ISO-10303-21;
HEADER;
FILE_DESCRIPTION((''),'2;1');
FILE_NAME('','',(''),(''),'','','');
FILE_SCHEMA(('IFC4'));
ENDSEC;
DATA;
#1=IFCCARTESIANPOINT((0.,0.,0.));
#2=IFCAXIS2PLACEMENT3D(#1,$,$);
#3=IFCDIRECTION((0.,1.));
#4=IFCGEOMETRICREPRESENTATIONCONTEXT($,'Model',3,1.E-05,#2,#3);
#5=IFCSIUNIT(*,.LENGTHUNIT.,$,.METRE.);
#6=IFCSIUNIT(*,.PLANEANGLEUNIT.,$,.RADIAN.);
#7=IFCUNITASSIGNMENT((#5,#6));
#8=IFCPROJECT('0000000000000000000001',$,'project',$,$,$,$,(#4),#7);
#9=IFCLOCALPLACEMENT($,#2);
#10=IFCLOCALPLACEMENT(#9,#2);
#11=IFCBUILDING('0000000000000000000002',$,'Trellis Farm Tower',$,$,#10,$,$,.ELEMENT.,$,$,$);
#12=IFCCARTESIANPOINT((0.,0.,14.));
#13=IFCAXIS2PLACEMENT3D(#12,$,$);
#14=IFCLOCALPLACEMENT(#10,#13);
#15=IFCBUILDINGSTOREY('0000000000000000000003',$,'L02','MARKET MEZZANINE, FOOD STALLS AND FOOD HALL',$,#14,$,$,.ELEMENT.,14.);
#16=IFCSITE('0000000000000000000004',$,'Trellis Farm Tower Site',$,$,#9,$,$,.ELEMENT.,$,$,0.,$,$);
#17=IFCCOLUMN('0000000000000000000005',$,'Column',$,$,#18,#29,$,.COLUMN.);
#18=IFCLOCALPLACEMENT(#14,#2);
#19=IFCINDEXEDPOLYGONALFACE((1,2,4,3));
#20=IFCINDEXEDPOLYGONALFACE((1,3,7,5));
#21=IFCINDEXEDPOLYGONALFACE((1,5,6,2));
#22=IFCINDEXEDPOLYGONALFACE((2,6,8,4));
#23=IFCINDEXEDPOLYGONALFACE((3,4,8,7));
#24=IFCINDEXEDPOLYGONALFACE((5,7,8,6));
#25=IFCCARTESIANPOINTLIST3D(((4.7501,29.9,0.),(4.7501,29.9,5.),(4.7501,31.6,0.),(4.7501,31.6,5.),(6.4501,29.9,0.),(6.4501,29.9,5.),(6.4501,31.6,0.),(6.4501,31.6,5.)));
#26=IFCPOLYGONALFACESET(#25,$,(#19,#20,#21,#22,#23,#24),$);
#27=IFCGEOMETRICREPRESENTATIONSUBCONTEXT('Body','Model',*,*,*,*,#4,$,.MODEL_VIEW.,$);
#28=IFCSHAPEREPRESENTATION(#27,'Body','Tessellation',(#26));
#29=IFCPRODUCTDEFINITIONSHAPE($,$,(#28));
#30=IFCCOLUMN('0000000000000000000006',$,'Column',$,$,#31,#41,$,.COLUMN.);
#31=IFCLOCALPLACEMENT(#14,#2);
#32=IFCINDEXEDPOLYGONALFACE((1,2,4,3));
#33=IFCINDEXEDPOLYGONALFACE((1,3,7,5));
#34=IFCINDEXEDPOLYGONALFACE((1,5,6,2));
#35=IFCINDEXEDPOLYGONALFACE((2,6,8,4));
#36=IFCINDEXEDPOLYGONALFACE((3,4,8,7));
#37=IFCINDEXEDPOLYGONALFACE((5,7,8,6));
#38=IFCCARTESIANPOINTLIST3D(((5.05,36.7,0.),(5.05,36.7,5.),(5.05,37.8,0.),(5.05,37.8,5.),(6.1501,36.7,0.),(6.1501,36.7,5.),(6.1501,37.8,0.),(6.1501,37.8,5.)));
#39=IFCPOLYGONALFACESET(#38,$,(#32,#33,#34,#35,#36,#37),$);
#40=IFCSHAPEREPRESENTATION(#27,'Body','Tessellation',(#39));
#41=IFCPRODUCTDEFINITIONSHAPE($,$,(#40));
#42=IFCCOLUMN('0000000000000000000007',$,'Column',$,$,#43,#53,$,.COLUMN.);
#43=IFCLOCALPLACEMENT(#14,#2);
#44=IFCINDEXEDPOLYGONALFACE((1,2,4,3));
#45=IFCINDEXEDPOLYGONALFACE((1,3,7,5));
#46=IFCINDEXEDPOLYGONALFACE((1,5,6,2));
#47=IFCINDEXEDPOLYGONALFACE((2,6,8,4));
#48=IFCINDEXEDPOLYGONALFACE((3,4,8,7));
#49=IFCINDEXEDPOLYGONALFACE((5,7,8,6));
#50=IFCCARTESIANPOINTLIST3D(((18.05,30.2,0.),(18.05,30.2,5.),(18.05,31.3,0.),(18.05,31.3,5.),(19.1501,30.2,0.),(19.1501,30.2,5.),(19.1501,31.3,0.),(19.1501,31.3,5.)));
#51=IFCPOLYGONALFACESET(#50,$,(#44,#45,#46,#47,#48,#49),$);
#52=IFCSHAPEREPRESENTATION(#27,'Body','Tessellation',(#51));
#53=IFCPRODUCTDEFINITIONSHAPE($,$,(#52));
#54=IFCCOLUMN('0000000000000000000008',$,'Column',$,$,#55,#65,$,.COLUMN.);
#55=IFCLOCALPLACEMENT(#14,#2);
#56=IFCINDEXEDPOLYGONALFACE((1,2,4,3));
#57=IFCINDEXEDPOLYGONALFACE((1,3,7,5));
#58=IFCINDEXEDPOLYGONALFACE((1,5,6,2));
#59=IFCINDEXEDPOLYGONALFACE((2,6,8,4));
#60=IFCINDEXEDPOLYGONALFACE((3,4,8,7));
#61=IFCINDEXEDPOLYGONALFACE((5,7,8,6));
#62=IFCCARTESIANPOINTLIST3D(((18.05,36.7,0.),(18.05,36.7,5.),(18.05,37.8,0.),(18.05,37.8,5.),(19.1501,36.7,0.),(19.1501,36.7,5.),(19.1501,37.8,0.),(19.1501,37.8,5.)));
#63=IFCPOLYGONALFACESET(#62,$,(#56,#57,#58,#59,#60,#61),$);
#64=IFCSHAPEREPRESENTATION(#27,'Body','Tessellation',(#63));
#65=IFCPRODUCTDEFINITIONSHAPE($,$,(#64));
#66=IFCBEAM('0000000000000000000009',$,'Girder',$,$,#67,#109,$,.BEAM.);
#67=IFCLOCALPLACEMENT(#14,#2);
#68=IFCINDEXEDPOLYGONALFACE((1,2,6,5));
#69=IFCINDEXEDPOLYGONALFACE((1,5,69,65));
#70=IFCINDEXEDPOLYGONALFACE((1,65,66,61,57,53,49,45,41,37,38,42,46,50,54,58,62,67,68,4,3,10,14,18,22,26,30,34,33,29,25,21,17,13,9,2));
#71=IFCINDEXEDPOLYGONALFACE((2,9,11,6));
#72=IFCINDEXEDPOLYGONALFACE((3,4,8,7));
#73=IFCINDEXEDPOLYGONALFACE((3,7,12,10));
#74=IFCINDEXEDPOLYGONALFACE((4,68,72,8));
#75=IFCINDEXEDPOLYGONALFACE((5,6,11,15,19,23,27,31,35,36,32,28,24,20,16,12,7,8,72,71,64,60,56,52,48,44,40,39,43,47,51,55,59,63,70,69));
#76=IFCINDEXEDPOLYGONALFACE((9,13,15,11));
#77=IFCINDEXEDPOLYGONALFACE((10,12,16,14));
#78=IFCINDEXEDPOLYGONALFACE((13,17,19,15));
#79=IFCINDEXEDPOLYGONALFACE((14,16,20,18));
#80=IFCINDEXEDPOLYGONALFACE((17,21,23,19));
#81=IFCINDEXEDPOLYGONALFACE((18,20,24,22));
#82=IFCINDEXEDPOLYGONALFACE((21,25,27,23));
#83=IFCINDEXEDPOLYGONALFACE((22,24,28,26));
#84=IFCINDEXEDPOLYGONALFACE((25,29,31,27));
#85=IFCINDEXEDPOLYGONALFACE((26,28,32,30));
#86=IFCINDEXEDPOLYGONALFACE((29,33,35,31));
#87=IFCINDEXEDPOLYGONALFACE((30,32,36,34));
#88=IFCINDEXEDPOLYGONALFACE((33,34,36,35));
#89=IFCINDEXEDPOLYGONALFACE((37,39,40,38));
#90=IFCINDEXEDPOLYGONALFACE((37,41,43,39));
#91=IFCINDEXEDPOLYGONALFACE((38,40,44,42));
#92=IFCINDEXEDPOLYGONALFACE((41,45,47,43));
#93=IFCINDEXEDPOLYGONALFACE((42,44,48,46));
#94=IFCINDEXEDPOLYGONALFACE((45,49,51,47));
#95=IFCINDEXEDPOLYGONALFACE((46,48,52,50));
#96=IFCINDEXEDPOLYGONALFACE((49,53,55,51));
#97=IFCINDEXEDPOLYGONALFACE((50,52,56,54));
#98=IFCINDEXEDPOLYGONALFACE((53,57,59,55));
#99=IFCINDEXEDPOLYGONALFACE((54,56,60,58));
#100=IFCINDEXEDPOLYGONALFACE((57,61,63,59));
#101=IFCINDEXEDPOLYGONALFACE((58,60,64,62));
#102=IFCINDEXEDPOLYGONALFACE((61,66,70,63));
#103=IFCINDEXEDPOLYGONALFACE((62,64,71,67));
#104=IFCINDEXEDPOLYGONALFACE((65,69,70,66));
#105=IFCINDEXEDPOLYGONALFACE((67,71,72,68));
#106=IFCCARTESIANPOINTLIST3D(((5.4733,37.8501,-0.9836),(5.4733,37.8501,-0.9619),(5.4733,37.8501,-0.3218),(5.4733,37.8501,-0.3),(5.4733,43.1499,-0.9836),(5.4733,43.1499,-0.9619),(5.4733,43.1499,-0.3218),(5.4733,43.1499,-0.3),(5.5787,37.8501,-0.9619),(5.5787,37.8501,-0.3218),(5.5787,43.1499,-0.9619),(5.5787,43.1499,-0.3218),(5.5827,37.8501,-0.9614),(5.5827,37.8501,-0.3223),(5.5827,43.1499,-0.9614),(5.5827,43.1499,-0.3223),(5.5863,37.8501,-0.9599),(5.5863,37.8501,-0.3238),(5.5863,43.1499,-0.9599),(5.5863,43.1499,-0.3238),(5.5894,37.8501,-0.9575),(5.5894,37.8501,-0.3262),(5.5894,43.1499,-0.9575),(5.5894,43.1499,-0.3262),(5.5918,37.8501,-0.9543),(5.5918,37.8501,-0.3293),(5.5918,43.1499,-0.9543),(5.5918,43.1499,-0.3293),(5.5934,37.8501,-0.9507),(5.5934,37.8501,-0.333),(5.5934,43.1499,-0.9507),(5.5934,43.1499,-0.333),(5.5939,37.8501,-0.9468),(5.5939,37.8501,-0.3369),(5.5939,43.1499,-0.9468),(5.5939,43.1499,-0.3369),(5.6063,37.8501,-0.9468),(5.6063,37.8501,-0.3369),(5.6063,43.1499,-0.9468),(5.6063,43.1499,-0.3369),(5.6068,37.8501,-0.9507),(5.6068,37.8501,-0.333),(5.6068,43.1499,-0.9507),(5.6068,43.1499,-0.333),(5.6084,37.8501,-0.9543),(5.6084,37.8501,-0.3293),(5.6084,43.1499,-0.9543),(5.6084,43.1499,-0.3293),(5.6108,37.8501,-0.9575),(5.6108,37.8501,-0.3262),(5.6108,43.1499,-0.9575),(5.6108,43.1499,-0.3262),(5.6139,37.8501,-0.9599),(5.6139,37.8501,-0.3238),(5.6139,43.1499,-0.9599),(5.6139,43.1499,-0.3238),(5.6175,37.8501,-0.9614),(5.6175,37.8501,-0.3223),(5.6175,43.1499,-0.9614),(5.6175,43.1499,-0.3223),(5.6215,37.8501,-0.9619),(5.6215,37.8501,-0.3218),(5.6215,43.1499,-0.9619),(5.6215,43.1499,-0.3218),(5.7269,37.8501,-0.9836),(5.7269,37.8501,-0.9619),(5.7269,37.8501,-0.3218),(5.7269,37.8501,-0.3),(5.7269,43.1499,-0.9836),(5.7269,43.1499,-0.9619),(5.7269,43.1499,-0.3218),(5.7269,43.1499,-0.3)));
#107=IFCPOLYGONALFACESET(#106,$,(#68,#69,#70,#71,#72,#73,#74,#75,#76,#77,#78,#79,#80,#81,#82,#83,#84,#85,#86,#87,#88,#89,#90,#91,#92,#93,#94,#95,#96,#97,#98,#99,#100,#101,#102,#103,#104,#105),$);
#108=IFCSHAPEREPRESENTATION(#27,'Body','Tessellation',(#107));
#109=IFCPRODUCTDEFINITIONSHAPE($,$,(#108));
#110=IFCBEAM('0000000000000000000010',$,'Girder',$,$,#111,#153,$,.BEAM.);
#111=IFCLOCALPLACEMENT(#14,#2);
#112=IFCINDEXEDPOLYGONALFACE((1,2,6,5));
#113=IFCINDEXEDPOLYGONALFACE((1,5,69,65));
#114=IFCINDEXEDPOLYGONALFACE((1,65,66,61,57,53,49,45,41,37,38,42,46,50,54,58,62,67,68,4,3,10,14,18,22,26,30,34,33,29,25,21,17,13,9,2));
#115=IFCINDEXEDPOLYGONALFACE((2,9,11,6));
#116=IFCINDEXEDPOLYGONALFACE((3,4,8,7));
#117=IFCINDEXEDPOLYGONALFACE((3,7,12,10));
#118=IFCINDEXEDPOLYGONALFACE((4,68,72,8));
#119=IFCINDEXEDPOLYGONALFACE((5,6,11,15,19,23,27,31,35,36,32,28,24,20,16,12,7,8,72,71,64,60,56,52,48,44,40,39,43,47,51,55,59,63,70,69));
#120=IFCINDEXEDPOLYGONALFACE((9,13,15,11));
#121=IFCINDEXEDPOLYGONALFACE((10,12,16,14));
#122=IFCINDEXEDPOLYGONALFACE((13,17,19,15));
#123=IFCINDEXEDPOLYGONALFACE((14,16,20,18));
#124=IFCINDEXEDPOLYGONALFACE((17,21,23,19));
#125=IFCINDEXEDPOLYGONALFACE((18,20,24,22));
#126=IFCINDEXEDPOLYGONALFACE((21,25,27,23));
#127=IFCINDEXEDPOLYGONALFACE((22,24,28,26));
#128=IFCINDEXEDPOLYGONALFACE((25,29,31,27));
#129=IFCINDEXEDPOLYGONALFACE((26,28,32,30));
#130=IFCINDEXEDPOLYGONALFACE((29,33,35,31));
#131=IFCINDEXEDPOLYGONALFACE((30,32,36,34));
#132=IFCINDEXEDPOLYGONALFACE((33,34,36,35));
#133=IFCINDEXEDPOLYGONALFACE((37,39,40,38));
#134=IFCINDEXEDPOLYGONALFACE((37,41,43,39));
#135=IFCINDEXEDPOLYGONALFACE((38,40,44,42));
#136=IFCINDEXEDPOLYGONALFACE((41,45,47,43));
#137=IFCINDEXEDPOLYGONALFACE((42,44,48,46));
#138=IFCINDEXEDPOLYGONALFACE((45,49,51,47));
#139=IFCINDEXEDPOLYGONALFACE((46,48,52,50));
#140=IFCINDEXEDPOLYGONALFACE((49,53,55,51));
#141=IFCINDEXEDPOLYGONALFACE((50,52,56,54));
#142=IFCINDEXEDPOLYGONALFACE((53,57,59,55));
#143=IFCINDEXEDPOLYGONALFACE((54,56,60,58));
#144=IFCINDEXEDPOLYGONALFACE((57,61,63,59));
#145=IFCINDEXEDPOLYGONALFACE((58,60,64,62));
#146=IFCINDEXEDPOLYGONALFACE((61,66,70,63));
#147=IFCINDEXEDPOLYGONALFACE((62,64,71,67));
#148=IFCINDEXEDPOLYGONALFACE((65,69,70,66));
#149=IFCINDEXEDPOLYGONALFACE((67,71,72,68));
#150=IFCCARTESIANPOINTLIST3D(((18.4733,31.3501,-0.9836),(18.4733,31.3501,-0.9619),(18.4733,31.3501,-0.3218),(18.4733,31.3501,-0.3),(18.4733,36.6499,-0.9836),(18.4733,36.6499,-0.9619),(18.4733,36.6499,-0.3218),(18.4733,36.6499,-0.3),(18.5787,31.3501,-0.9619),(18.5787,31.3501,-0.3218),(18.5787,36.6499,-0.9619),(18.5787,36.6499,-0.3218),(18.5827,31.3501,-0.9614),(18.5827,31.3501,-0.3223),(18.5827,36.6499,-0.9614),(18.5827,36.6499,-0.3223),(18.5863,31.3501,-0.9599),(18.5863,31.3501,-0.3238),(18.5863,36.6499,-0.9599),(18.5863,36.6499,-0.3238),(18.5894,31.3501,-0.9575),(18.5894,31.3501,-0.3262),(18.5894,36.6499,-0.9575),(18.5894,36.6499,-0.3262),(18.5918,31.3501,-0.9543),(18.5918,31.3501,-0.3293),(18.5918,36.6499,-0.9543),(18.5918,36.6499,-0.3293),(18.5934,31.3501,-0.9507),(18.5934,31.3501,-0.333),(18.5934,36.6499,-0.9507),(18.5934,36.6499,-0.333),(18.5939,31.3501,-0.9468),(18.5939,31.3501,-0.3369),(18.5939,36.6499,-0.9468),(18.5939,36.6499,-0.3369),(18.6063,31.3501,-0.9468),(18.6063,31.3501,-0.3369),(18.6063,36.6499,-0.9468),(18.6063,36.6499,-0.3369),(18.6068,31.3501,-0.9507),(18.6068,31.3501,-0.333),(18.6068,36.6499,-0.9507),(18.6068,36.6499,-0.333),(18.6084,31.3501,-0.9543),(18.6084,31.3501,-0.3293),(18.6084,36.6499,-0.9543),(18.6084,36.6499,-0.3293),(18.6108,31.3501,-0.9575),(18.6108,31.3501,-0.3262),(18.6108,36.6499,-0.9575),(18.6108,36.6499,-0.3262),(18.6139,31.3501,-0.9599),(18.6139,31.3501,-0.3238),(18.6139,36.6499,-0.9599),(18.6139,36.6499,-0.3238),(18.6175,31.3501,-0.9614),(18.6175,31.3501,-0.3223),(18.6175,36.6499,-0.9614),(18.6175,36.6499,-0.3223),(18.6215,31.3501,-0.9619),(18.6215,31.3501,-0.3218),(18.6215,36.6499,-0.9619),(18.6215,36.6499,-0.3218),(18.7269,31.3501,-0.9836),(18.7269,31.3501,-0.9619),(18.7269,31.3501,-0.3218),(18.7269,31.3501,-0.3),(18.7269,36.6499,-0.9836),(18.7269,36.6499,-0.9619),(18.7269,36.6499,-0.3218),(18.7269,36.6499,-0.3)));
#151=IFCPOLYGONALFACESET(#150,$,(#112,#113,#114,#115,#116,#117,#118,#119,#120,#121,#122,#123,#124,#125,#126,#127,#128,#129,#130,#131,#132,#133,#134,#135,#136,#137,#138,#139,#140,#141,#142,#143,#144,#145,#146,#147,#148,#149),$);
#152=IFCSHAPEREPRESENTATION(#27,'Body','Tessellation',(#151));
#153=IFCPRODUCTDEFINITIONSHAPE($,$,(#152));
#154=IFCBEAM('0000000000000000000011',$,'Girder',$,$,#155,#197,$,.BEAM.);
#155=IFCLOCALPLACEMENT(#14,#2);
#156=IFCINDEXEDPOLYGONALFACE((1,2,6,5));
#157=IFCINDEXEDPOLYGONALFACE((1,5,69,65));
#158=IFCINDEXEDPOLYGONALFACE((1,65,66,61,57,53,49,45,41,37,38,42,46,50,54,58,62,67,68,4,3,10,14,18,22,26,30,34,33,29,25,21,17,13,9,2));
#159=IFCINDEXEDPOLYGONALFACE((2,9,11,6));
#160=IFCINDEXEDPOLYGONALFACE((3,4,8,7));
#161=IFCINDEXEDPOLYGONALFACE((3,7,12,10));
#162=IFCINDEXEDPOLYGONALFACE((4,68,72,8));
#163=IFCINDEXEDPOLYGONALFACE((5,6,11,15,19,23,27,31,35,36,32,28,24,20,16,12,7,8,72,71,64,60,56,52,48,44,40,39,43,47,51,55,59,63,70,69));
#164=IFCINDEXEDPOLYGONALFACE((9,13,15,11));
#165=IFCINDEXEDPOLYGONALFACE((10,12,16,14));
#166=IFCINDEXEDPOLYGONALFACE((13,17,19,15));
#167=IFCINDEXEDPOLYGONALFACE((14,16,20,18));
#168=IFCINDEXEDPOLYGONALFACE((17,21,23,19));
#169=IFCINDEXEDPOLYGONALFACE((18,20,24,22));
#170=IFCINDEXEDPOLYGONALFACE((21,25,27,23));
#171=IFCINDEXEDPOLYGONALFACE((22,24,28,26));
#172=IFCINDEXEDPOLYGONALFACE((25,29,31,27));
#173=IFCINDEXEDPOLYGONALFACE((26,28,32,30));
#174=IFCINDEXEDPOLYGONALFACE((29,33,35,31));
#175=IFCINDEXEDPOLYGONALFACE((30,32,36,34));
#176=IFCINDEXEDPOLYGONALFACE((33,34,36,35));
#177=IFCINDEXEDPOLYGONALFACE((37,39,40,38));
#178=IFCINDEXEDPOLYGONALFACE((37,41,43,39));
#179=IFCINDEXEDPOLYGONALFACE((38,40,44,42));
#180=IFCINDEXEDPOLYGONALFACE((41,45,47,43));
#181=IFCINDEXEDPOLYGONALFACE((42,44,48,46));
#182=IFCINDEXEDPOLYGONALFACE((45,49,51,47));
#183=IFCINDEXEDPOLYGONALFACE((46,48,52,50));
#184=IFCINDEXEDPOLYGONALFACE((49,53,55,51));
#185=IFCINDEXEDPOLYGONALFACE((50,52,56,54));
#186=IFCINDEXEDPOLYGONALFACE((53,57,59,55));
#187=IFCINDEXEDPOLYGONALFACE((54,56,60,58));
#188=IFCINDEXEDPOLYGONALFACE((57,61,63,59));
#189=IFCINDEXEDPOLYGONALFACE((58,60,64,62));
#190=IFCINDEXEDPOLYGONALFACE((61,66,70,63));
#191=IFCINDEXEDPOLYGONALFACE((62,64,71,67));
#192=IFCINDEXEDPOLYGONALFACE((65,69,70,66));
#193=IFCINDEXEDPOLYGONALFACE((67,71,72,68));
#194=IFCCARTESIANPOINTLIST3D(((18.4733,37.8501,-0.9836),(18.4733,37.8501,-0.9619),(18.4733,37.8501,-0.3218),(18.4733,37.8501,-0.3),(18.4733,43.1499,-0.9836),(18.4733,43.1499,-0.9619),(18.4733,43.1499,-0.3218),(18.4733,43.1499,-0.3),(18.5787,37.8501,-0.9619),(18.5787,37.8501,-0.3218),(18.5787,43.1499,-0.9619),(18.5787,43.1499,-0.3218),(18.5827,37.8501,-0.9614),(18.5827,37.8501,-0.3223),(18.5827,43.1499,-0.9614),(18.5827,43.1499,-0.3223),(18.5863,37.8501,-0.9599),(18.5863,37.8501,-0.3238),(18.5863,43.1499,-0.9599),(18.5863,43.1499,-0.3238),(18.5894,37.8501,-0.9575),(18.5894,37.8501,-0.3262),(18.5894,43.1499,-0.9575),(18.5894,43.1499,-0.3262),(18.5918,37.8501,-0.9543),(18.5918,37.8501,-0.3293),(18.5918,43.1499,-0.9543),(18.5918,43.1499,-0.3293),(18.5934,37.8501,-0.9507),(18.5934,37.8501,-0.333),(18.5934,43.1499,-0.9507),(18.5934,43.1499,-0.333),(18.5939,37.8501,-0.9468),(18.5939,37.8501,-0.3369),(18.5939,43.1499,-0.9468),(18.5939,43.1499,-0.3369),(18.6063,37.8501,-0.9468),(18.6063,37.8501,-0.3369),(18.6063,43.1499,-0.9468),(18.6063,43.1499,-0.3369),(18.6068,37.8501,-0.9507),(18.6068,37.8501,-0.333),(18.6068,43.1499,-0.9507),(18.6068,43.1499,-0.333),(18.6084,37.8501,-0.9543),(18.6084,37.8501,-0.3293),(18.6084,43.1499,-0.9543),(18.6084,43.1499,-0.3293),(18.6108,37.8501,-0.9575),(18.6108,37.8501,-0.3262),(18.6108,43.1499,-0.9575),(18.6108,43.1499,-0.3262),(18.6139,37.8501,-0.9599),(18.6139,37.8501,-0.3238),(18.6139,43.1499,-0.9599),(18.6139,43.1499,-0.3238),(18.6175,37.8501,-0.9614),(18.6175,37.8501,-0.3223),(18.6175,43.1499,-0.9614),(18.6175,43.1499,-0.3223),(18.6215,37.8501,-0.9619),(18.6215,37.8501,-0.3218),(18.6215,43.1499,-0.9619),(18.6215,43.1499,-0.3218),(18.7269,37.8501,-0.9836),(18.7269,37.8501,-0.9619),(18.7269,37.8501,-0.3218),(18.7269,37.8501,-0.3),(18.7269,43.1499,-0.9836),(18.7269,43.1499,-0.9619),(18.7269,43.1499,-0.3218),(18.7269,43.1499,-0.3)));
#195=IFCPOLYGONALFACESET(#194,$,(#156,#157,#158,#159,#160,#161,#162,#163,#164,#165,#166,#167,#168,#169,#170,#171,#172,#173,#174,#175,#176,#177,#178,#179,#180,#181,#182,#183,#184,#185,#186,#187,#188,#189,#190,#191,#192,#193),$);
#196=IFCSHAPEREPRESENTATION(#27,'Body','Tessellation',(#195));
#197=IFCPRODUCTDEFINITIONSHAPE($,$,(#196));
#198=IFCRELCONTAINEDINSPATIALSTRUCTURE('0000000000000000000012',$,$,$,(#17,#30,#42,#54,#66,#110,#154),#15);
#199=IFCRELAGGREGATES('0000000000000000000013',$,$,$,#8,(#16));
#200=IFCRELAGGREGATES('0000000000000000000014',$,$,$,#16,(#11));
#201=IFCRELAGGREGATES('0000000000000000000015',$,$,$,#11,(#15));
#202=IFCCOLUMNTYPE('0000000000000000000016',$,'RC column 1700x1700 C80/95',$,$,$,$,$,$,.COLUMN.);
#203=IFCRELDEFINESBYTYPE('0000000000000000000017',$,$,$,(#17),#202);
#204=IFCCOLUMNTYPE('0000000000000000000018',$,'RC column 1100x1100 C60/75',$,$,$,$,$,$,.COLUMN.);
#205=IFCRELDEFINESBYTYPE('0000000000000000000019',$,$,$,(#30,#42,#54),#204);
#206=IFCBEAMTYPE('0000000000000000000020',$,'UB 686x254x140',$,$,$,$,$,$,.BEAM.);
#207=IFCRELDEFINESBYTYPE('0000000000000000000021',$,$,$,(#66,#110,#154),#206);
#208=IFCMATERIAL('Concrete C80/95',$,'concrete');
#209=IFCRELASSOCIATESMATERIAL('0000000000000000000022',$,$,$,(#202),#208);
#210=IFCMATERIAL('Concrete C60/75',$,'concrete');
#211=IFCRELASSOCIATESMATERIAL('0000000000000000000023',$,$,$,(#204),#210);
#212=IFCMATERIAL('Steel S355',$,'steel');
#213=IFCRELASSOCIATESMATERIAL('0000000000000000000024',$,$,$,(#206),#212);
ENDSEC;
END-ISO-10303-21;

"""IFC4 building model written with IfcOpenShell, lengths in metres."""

from ifc_helpers import new_model, si_unit, direction, frame, origin, origin_2d, place, context, subcontext, project, spatial, rectangle, i_section, extrude, source, transform, mapped, material, material_profile, profile_set, type_object, element, save


model = new_model("IFC4")

# Units and contexts
model_context = context("Model", 3, precision=1e-05, world=origin(), true_north=direction((0.0, 1.0)))
body_context = subcontext(model_context, "Body", "Model", "MODEL_VIEW")
ifc_project = project(units=[si_unit("LENGTHUNIT", "METRE"), si_unit("PLANEANGLEUNIT", "RADIAN")], contexts=[model_context])

# Site, building, storey
site_placement = place(None, origin())
site = spatial("IfcSite", under=ifc_project, at=site_placement, Name="Trellis Farm Tower Site", CompositionType="ELEMENT", RefElevation=0.0)
building_placement = place(site_placement, origin())
building = spatial("IfcBuilding", under=site, at=building_placement, Name="Trellis Farm Tower", CompositionType="ELEMENT")
storey_placement = place(building_placement, frame((0.0, 0.0, 14.0)))
storey = spatial("IfcBuildingStorey", under=building, at=storey_placement, Name="L02", Description="MARKET MEZZANINE, FOOD STALLS AND FOOD HALL", CompositionType="ELEMENT", Elevation=14.0)

# Columns
ifc_material_1 = material(Name="Concrete C80/95", Category="concrete")
ifc_material_profile_1 = material_profile(ifc_material_1, rectangle(XDim=1.7, YDim=1.7, at=origin_2d()), Name="RC column 1700x1700 C80/95")
ifc_profile_set_1 = profile_set([ifc_material_profile_1], Name="Concrete C80/95")
column_type_1 = type_object("IfcColumnType", Name="RC column 1700x1700 C80/95", PredefinedType="COLUMN", material=ifc_profile_set_1)
shared_shape_1 = source(origin(), body_context, "Body", "SweptSolid", [
    extrude(rectangle(XDim=1.7, YDim=1.7, at=origin_2d()), origin(), (0.0, 0.0, 1.0), 5.0),
])
column_placement = place(storey_placement, frame((5.6001, 30.75, 0.0), z_axis=(0.0, 0.0, 1.0), x_axis=(1.0, 0.0, 0.0)))
element("IfcColumn", 1, at=column_placement, inside=storey, type_object=column_type_1, Name="Column", PredefinedType="COLUMN", context=body_context, shape_type="MappedRepresentation", body=[
    mapped(shared_shape_1, transform((0.0, 0.0, 0.0))),
])
ifc_material_2 = material(Name="Concrete C60/75", Category="concrete")
ifc_material_profile_2 = material_profile(ifc_material_2, rectangle(XDim=1.1001, YDim=1.1001, at=origin_2d()), Name="RC column 1100x1100 C60/75")
ifc_profile_set_2 = profile_set([ifc_material_profile_2], Name="Concrete C60/75")
column_type_2 = type_object("IfcColumnType", Name="RC column 1100x1100 C60/75", PredefinedType="COLUMN", material=ifc_profile_set_2)
shared_shape_2 = source(origin(), body_context, "Body", "SweptSolid", [
    extrude(rectangle(XDim=1.1001, YDim=1.1001, at=origin_2d()), origin(), (0.0, 0.0, 1.0), 5.0),
])
for number, where, z_axis, x_axis, name in (
    (2, (5.6001, 37.25, 0.0), (0.0, 0.0, 1.0), (1.0, 0.0, 0.0), "Column"),
    (3, (18.6001, 30.75, 0.0), (0.0, 0.0, 1.0), (1.0, 0.0, 0.0), "Column"),
    (4, (18.6001, 37.25, 0.0), (0.0, 0.0, 1.0), (1.0, 0.0, 0.0), "Column"),
):
    element("IfcColumn", number, at=place(storey_placement, frame(where, z_axis=z_axis, x_axis=x_axis)), inside=storey, type_object=column_type_2, Name=name, PredefinedType="COLUMN", context=body_context, shape_type="MappedRepresentation", body=[
        mapped(shared_shape_2, transform((0.0, 0.0, 0.0))),
    ])

# Beams
ifc_material_3 = material(Name="Steel S355", Category="steel")
ifc_material_profile_3 = material_profile(ifc_material_3, i_section(OverallWidth=0.2537, OverallDepth=0.6836, WebThickness=0.0125, FlangeThickness=0.0217, FilletRadius=0.0151, at=origin_2d()), Name="UB 686x254x140")
ifc_profile_set_3 = profile_set([ifc_material_profile_3], Name="Steel S355")
beam_type_1 = type_object("IfcBeamType", Name="UB 686x254x140", PredefinedType="BEAM", material=ifc_profile_set_3)
shared_shape_3 = source(origin(), body_context, "Body", "SweptSolid", [
    extrude(i_section(OverallWidth=0.2537, OverallDepth=0.6836, WebThickness=0.0125, FlangeThickness=0.0217, FilletRadius=0.0151, at=origin_2d()), origin(), (0.0, 0.0, 1.0), 5.2998),
])
for number, where, z_axis, x_axis, name in (
    (5, (5.6001, 37.8501, -0.6418), (0.0, 1.0, 0.0), (-1.0, 0.0, 0.0), "Girder"),
    (6, (18.6001, 31.3501, -0.6418), (0.0, 1.0, 0.0), (-1.0, 0.0, 0.0), "Girder"),
    (7, (18.6001, 37.8501, -0.6418), (0.0, 1.0, 0.0), (-1.0, 0.0, 0.0), "Girder"),
):
    element("IfcBeam", number, at=place(storey_placement, frame(where, z_axis=z_axis, x_axis=x_axis)), inside=storey, type_object=beam_type_1, Name=name, PredefinedType="BEAM", context=body_context, shape_type="MappedRepresentation", body=[
        mapped(shared_shape_3, transform((0.0, 0.0, 0.0))),
    ])

save(model, "model.ifc")
